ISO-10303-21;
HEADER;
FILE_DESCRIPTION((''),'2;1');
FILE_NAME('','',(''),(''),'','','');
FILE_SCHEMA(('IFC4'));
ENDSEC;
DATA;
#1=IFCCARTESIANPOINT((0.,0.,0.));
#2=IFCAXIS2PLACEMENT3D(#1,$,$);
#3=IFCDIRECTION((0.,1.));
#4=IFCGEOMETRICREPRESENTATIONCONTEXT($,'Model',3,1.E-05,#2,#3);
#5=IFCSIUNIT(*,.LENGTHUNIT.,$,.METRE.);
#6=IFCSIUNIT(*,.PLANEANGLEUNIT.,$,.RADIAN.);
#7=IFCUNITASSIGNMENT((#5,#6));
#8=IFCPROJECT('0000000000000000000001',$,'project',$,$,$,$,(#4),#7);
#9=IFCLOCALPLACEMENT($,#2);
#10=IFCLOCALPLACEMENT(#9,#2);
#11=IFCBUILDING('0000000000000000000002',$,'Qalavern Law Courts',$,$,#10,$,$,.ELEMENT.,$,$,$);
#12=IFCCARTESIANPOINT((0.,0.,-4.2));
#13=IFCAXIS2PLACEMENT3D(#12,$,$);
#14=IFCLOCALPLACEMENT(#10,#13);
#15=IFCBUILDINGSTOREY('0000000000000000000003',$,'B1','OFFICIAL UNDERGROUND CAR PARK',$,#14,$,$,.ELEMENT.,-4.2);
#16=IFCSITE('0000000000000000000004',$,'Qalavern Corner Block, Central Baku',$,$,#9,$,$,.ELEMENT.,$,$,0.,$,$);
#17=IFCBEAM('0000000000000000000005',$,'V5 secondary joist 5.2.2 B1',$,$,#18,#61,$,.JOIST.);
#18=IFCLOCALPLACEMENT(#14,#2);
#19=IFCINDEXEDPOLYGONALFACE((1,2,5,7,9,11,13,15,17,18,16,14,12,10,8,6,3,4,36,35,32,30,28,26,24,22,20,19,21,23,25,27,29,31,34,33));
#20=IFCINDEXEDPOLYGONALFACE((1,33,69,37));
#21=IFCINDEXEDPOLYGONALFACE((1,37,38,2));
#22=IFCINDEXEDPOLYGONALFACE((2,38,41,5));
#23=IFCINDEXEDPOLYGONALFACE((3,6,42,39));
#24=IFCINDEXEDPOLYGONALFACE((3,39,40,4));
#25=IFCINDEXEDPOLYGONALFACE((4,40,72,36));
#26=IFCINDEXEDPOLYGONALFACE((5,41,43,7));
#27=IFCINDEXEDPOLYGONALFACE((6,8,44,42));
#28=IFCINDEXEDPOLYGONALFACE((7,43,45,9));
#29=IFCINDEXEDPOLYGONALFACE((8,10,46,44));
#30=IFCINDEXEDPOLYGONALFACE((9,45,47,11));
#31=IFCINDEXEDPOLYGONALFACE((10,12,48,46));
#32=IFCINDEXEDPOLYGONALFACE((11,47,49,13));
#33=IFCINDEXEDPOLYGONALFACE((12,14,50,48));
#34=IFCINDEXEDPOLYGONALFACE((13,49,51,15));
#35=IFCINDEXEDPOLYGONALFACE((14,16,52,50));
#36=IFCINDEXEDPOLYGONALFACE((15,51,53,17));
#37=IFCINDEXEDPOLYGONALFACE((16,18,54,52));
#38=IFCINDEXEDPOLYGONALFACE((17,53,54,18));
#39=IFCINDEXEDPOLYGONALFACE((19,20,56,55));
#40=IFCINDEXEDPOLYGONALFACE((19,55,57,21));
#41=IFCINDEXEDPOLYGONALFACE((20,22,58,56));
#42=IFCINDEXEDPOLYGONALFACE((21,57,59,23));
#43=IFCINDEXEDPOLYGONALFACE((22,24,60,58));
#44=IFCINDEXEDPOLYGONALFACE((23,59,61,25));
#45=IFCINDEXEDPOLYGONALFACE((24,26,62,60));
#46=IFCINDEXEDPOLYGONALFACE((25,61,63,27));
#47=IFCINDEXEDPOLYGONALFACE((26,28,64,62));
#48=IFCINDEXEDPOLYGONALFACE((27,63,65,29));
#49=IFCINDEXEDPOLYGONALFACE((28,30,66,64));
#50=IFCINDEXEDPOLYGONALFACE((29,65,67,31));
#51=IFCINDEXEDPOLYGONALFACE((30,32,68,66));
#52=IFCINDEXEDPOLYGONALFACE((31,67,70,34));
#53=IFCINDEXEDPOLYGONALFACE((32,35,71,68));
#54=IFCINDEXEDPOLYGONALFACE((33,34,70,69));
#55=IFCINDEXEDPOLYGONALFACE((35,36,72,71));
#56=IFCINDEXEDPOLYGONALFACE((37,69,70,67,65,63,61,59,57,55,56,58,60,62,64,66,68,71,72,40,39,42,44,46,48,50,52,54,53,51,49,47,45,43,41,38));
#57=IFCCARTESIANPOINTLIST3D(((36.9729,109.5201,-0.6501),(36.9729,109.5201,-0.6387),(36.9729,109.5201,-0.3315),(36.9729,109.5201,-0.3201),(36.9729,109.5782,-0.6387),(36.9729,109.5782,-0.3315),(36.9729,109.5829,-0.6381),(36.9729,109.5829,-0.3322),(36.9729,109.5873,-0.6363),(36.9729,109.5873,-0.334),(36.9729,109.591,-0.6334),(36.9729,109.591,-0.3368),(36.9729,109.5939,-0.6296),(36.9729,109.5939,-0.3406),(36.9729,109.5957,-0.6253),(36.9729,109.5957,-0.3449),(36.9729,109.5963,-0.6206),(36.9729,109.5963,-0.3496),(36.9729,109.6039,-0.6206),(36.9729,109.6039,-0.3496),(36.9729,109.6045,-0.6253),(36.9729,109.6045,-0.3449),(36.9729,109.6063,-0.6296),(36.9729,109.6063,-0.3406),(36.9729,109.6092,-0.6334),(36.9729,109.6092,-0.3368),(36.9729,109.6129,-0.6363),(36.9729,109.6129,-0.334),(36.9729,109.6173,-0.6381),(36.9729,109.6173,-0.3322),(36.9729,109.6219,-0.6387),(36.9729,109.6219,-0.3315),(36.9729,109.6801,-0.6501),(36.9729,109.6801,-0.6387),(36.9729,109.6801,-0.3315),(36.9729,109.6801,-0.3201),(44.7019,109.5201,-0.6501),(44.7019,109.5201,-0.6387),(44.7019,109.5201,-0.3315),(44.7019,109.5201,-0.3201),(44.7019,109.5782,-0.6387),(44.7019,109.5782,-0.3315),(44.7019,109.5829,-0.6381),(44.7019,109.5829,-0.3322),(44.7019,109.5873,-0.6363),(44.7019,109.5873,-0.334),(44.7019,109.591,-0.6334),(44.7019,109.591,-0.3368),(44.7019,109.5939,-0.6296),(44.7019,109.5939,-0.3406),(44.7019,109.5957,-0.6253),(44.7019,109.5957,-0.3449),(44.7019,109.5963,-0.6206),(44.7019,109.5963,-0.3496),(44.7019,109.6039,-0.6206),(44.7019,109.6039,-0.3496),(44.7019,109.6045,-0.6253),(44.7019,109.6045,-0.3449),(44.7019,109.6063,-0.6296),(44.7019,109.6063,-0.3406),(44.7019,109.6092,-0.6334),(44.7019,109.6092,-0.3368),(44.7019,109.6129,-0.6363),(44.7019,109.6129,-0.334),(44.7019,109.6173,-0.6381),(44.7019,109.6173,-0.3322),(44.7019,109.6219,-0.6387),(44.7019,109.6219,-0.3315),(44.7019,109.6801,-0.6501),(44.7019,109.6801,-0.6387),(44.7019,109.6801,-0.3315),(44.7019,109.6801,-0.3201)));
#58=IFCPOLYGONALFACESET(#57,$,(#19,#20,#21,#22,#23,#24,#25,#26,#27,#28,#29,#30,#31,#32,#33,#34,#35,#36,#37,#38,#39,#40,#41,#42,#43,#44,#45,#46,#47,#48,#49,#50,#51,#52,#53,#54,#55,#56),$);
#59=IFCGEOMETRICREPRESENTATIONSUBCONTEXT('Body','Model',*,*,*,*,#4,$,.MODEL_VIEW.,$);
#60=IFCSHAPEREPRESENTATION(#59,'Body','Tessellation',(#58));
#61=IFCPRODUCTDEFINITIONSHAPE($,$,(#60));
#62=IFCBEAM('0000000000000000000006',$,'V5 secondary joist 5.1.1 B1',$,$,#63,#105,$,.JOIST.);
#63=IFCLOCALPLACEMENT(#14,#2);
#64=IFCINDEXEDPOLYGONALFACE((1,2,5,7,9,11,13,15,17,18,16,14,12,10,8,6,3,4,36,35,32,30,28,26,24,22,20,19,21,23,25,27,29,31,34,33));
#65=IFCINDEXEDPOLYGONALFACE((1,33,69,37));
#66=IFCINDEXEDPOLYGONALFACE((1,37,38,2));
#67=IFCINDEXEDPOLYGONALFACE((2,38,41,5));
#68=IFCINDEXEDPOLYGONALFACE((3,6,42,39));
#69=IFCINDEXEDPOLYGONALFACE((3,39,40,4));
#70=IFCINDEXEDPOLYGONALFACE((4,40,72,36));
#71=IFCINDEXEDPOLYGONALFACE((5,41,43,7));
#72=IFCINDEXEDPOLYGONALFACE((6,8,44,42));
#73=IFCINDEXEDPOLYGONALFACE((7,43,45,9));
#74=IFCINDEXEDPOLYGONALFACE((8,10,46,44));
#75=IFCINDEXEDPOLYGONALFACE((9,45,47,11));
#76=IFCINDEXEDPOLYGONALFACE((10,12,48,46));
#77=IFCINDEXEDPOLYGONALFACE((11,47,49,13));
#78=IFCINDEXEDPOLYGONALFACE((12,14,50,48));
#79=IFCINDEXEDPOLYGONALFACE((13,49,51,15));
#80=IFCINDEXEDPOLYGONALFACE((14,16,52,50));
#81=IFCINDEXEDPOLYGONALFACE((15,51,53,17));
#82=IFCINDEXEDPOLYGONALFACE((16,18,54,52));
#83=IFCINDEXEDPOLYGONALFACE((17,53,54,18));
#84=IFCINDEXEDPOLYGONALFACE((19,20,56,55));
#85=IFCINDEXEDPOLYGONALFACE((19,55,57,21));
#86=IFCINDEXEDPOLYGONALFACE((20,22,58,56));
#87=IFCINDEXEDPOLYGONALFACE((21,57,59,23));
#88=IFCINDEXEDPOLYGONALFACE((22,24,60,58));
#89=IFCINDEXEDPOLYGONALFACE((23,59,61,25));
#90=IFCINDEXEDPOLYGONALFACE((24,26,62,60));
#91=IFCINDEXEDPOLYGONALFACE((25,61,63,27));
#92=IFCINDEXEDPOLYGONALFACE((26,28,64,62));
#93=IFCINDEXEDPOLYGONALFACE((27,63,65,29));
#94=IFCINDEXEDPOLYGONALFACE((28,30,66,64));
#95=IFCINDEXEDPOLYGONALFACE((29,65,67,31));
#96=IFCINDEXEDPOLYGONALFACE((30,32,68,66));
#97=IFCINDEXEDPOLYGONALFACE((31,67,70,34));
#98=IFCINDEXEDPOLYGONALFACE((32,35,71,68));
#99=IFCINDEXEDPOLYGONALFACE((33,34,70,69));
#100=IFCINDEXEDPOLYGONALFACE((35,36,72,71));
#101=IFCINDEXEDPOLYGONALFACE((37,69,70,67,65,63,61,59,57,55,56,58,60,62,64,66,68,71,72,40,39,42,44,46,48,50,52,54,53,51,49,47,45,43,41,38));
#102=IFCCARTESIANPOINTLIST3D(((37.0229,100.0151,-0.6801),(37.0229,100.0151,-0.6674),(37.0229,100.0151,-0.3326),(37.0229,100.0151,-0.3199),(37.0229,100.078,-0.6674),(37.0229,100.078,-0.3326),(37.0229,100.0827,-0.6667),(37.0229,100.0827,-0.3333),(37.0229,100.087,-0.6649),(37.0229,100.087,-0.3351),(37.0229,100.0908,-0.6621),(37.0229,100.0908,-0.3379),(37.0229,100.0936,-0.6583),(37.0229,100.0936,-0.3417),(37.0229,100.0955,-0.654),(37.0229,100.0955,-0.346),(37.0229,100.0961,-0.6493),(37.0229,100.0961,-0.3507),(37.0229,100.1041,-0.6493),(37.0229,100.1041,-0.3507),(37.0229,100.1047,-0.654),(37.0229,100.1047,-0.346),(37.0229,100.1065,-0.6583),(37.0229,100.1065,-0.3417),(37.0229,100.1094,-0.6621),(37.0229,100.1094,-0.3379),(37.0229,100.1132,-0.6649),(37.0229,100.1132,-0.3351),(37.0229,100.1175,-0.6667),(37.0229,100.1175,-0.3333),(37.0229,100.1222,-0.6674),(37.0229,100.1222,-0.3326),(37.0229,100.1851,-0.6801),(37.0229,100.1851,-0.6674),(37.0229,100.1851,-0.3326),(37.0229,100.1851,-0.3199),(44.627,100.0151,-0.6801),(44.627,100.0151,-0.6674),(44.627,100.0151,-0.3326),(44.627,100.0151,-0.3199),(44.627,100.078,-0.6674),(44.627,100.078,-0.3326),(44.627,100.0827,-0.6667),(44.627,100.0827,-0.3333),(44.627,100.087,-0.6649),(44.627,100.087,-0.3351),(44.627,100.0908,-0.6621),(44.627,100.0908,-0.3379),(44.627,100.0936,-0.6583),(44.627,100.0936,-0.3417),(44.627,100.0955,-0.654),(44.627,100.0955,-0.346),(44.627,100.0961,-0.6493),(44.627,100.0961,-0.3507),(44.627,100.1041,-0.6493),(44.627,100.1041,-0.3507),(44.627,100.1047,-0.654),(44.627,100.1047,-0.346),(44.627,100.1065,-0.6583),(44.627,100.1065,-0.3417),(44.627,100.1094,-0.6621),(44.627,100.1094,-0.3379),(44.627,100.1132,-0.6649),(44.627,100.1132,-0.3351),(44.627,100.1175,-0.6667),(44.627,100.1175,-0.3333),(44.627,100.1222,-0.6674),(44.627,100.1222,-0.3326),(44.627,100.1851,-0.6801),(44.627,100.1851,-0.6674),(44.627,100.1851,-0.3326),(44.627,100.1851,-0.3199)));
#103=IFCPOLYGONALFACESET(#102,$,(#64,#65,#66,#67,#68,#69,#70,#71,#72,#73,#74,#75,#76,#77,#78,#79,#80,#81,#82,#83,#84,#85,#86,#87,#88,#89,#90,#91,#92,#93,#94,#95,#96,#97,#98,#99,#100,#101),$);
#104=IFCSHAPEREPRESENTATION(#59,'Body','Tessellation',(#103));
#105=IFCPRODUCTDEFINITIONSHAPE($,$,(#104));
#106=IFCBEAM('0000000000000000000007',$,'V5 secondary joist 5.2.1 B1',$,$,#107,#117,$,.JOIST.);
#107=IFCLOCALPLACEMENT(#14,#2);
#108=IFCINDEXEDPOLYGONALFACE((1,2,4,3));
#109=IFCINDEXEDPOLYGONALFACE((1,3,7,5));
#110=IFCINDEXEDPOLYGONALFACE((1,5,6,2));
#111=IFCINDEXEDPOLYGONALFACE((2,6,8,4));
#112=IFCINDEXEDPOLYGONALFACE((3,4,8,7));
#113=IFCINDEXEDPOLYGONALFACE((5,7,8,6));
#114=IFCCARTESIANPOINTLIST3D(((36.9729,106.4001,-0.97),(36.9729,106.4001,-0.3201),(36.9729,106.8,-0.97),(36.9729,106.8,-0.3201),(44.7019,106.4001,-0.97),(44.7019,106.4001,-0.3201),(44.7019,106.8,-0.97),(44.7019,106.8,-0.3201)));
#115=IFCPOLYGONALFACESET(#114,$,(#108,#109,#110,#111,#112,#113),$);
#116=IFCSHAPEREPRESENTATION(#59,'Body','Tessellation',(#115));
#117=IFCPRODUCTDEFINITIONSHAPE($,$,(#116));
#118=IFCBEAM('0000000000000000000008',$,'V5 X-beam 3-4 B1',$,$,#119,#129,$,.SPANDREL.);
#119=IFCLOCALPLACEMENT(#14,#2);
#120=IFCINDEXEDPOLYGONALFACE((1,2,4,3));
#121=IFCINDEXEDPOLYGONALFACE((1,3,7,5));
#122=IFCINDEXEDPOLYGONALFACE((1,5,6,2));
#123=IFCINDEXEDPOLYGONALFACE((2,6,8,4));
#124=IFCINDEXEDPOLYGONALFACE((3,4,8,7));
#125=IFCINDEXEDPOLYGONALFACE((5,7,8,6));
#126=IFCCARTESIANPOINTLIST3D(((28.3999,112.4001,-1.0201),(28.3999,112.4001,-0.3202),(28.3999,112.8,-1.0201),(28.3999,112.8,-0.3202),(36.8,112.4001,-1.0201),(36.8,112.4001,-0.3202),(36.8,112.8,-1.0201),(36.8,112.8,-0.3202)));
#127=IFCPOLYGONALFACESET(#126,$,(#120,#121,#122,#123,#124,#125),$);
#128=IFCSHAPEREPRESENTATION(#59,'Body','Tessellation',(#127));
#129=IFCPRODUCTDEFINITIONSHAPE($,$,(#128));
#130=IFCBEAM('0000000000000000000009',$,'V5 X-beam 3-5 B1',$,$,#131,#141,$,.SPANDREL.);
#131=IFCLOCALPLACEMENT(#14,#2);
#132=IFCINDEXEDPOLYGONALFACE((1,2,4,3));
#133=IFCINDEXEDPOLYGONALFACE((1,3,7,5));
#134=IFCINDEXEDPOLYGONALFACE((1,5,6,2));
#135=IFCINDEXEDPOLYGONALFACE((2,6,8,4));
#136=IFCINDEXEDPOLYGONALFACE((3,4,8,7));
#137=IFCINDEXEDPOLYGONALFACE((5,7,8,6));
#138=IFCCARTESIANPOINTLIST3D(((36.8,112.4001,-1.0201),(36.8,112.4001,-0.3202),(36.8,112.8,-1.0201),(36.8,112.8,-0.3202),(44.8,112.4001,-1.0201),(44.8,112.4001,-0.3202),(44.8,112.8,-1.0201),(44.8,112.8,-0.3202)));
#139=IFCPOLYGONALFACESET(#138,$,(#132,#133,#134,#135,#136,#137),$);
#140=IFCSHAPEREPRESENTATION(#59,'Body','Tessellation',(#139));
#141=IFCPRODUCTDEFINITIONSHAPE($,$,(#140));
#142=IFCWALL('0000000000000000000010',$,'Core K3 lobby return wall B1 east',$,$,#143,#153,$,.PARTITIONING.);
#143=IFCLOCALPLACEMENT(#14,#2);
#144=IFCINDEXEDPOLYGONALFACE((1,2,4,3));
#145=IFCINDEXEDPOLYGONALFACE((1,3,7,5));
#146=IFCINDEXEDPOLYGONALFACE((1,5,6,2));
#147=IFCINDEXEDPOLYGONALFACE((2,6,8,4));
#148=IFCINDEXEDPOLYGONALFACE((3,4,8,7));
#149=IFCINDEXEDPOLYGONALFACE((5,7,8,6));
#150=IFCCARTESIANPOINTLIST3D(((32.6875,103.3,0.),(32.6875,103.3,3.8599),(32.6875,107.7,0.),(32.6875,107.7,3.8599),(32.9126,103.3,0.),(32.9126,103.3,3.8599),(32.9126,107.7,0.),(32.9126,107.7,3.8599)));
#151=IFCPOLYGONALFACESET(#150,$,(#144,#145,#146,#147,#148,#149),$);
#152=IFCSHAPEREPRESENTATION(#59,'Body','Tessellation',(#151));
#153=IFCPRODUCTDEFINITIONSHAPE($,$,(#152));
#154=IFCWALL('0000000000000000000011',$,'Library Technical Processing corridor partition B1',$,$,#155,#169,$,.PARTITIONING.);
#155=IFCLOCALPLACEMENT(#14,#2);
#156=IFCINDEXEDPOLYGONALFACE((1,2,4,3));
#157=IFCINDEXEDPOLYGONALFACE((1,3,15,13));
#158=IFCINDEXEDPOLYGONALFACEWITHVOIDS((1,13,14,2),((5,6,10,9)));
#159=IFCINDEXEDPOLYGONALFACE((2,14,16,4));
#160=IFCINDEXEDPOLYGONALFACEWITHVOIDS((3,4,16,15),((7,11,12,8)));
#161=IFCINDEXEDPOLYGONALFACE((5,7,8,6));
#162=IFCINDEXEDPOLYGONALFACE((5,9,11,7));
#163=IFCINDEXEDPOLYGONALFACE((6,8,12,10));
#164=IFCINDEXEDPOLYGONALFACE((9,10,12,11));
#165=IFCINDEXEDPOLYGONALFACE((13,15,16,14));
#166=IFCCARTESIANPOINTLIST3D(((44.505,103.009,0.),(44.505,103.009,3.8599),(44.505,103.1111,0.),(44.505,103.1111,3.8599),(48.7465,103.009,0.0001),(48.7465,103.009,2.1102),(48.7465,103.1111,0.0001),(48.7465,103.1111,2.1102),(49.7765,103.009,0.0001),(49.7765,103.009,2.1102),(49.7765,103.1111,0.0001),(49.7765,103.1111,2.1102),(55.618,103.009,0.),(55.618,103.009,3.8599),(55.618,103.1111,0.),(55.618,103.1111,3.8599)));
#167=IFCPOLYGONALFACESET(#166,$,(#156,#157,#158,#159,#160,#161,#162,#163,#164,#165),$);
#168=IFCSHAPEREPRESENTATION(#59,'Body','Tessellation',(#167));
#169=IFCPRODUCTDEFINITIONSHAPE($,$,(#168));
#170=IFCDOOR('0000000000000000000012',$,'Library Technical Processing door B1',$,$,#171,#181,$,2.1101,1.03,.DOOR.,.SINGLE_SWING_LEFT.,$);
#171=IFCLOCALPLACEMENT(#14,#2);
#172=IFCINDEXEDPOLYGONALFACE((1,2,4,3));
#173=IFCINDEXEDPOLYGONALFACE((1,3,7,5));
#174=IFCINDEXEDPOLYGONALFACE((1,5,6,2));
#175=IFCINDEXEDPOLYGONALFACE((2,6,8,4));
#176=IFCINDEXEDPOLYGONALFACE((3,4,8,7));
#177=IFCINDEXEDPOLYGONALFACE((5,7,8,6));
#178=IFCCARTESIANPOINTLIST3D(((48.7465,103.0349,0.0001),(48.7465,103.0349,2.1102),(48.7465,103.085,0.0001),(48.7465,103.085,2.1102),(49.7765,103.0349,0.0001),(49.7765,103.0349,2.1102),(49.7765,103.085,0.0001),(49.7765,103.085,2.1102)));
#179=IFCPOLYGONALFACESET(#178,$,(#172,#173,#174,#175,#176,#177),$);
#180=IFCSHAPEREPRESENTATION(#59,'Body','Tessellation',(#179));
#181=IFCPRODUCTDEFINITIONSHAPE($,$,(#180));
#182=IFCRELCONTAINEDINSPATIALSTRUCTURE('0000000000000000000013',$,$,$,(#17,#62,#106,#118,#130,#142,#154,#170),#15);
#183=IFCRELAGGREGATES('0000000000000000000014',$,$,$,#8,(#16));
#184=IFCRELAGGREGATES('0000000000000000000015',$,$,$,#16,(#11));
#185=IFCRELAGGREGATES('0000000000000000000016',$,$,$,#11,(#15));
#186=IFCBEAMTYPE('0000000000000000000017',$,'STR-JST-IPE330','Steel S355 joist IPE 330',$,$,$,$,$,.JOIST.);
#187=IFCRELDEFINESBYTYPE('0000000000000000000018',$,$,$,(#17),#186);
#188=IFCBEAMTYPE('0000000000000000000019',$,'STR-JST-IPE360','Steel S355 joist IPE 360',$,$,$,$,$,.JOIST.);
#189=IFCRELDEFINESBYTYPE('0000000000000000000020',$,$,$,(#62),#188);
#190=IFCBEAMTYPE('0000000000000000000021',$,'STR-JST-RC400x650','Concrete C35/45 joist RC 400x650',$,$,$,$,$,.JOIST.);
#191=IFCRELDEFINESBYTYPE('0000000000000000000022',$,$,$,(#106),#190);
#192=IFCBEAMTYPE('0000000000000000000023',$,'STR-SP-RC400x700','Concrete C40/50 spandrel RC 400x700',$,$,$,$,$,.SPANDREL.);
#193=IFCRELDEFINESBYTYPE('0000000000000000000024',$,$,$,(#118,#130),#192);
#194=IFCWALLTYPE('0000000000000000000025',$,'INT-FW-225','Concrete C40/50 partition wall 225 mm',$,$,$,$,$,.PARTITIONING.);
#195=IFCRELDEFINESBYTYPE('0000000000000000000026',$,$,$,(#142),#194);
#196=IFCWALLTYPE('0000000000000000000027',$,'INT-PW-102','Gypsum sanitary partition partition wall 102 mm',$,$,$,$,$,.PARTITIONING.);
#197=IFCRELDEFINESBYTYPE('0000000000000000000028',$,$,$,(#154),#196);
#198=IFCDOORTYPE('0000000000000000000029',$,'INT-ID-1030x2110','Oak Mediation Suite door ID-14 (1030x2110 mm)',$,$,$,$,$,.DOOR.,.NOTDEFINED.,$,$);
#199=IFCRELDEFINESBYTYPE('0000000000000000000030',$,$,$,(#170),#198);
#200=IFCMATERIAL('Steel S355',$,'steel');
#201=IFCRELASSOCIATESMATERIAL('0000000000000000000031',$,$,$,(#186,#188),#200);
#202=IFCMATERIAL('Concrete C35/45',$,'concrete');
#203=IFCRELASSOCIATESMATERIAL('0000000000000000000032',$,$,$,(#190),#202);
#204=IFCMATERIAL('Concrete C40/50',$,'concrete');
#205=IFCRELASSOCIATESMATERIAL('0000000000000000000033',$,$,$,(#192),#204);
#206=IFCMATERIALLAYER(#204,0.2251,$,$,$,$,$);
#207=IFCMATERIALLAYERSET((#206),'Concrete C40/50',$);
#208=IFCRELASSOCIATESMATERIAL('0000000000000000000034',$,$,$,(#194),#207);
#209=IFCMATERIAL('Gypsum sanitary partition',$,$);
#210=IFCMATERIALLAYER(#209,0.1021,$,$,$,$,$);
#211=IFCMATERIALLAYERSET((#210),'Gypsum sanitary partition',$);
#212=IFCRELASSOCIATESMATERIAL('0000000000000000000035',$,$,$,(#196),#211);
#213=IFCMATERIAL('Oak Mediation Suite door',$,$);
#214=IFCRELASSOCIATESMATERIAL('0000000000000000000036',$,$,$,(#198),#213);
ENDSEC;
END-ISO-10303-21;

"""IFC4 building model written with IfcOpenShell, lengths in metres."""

from ifc_helpers import new_model, si_unit, direction, frame, frame_2d, origin, origin_2d, place, context, subcontext, project, spatial, rectangle, i_section, extrude, material, layer, layer_set, material_profile, profile_set, type_object, element, fill, save


model = new_model("IFC4")

# Units and contexts
model_context = context("Model", 3, precision=1e-05, world=origin(), true_north=direction((0.0, 1.0)))
body_context = subcontext(model_context, "Body", "Model", "MODEL_VIEW")
ifc_project = project(units=[si_unit("LENGTHUNIT", "METRE"), si_unit("PLANEANGLEUNIT", "RADIAN")], contexts=[model_context])

# Site, building, storey
site_placement = place(None, origin())
site = spatial("IfcSite", under=ifc_project, at=site_placement, Name="Qalavern Corner Block, Central Baku", CompositionType="ELEMENT", RefElevation=0.0)
building_placement = place(site_placement, origin())
building = spatial("IfcBuilding", under=site, at=building_placement, Name="Qalavern Law Courts", CompositionType="ELEMENT")
storey_placement = place(building_placement, frame((0.0, 0.0, -4.2)))
storey = spatial("IfcBuildingStorey", under=building, at=storey_placement, Name="B1", Description="OFFICIAL UNDERGROUND CAR PARK", CompositionType="ELEMENT", Elevation=-4.2)

# Beams
ifc_material_1 = material(Name="Concrete C35/45", Category="concrete")
ifc_material_2 = material(Name="Concrete C40/50", Category="concrete")
ifc_material_3 = material(Name="Steel S355", Category="steel")
ifc_material_profile_1 = material_profile(ifc_material_3, i_section(OverallWidth=0.1599, OverallDepth=0.3301, WebThickness=0.0076, FlangeThickness=0.0115, FilletRadius=0.0181, at=origin_2d()), Name="IPE 330")
ifc_profile_set_1 = profile_set([ifc_material_profile_1], Name="Steel S355")
beam_type_1 = type_object("IfcBeamType", Name="STR-JST-IPE330", Description="Steel S355 joist IPE 330", PredefinedType="JOIST", material=ifc_profile_set_1)
beam_1_placement = place(storey_placement, frame((36.9729, 109.6001, -0.4851), z_axis=(1.0, 0.0, 0.0), x_axis=(0.0, 1.0, 0.0)))
element("IfcBeam", 1, at=beam_1_placement, inside=storey, type_object=beam_type_1, Name="V5 secondary joist 5.2.2 B1", PredefinedType="JOIST", context=body_context, shape_type="SweptSolid", body=[
    extrude(i_section(OverallWidth=0.1599, OverallDepth=0.3301, WebThickness=0.0076, FlangeThickness=0.0115, FilletRadius=0.0181, at=origin_2d()), origin(), (0.0, 0.0, 1.0), 7.729),
])
ifc_material_profile_2 = material_profile(ifc_material_3, i_section(OverallWidth=0.1699, OverallDepth=0.3601, WebThickness=0.0081, FlangeThickness=0.0127, FilletRadius=0.0181, at=origin_2d()), Name="IPE 360")
ifc_profile_set_2 = profile_set([ifc_material_profile_2], Name="Steel S355")
beam_type_2 = type_object("IfcBeamType", Name="STR-JST-IPE360", Description="Steel S355 joist IPE 360", PredefinedType="JOIST", material=ifc_profile_set_2)
beam_2_placement = place(storey_placement, frame((37.0229, 100.1001, -0.5), z_axis=(1.0, 0.0, 0.0), x_axis=(0.0, 1.0, 0.0)))
element("IfcBeam", 2, at=beam_2_placement, inside=storey, type_object=beam_type_2, Name="V5 secondary joist 5.1.1 B1", PredefinedType="JOIST", context=body_context, shape_type="SweptSolid", body=[
    extrude(i_section(OverallWidth=0.1699, OverallDepth=0.3601, WebThickness=0.0081, FlangeThickness=0.0127, FilletRadius=0.0181, at=origin_2d()), origin(), (0.0, 0.0, 1.0), 7.604),
])
ifc_material_profile_3 = material_profile(ifc_material_1, rectangle(XDim=0.3999, YDim=0.6499, at=origin_2d()), Name="RC 400x650")
ifc_profile_set_3 = profile_set([ifc_material_profile_3], Name="Concrete C35/45")
beam_type_3 = type_object("IfcBeamType", Name="STR-JST-RC400x650", Description="Concrete C35/45 joist RC 400x650", PredefinedType="JOIST", material=ifc_profile_set_3)
beam_3_placement = place(storey_placement, frame((36.9729, 106.6001, -0.645), z_axis=(1.0, 0.0, 0.0), x_axis=(0.0, 1.0, 0.0)))
element("IfcBeam", 3, at=beam_3_placement, inside=storey, type_object=beam_type_3, Name="V5 secondary joist 5.2.1 B1", PredefinedType="JOIST", context=body_context, shape_type="SweptSolid", body=[
    extrude(rectangle(XDim=0.3999, YDim=0.6499, at=origin_2d()), origin(), (0.0, 0.0, 1.0), 7.729),
])
ifc_material_profile_4 = material_profile(ifc_material_2, rectangle(XDim=0.3999, YDim=0.7, at=origin_2d()), Name="RC 400x700")
ifc_profile_set_4 = profile_set([ifc_material_profile_4], Name="Concrete C40/50")
beam_type_4 = type_object("IfcBeamType", Name="STR-SP-RC400x700", Description="Concrete C40/50 spandrel RC 400x700", PredefinedType="SPANDREL", material=ifc_profile_set_4)
beam_4_placement = place(storey_placement, frame((28.3999, 112.6001, -0.6702), z_axis=(1.0, 0.0, 0.0), x_axis=(0.0, 1.0, 0.0)))
element("IfcBeam", 4, at=beam_4_placement, inside=storey, type_object=beam_type_4, Name="V5 X-beam 3-4 B1", PredefinedType="SPANDREL", context=body_context, shape_type="SweptSolid", body=[
    extrude(rectangle(XDim=0.3999, YDim=0.7, at=origin_2d()), origin(), (0.0, 0.0, 1.0), 8.4001),
])
beam_5_placement = place(storey_placement, frame((36.8, 112.6001, -0.6702), z_axis=(1.0, 0.0, 0.0), x_axis=(0.0, 1.0, 0.0)))
element("IfcBeam", 5, at=beam_5_placement, inside=storey, type_object=beam_type_4, Name="V5 X-beam 3-5 B1", PredefinedType="SPANDREL", context=body_context, shape_type="SweptSolid", body=[
    extrude(rectangle(XDim=0.3999, YDim=0.7, at=origin_2d()), origin(), (0.0, 0.0, 1.0), 8.0),
])

# Wall
ifc_layer_1 = layer(ifc_material_2, 0.2251)
ifc_layer_set_1 = layer_set([ifc_layer_1], Name="Concrete C40/50")
wall_type_1 = type_object("IfcWallType", Name="INT-FW-225", Description="Concrete C40/50 partition wall 225 mm", PredefinedType="PARTITIONING", material=ifc_layer_set_1)
wall_1_placement = place(storey_placement, frame((32.8, 103.3, 0.0), z_axis=(0.0, 0.0, 1.0), x_axis=(0.0, 1.0, 0.0)))
element("IfcWall", 6, at=wall_1_placement, inside=storey, type_object=wall_type_1, Name="Core K3 lobby return wall B1 east", PredefinedType="PARTITIONING", context=body_context, shape_type="SweptSolid", body=[
    extrude(rectangle(XDim=4.3999, YDim=0.2251, at=frame_2d((2.2, 0.0))), origin(), (0.0, 0.0, 1.0), 3.8599),
])

# Wall, opening, door
ifc_material_4 = material(Name="Gypsum sanitary partition")
ifc_layer_2 = layer(ifc_material_4, 0.1021)
ifc_layer_set_2 = layer_set([ifc_layer_2], Name="Gypsum sanitary partition")
wall_type_2 = type_object("IfcWallType", Name="INT-PW-102", Description="Gypsum sanitary partition partition wall 102 mm", PredefinedType="PARTITIONING", material=ifc_layer_set_2)
wall_2_placement = place(storey_placement, frame((44.5049, 103.0601, 0.0), z_axis=(0.0, 0.0, 1.0), x_axis=(1.0, 0.0, 0.0)))
wall_2 = element("IfcWall", 7, at=wall_2_placement, inside=storey, type_object=wall_type_2, Name="Library Technical Processing corridor partition B1", PredefinedType="PARTITIONING", context=body_context, shape_type="SweptSolid", body=[
    extrude(rectangle(XDim=11.113, YDim=0.1021, at=frame_2d((5.5566, 0.0))), origin(), (0.0, 0.0, 1.0), 3.8599),
])
opening_1_placement = place(wall_2_placement, frame((4.2415, 0.0, 0.0)))
opening_1 = element("IfcOpeningElement", 8, at=opening_1_placement, cuts=wall_2, PredefinedType="OPENING", context=body_context, shape_type="SweptSolid", body=[
    extrude(rectangle(XDim=1.03, YDim=2.1101, at=frame_2d((0.5151, 1.0552))), frame((0.0, 0.0659, 0.0), z_axis=(0.0, -1.0, 0.0), x_axis=(1.0, 0.0, 0.0)), (0.0, 0.0, 1.0), 0.1318),
])
ifc_material_5 = material(Name="Oak Mediation Suite door")
door_type_1 = type_object("IfcDoorType", Name="INT-ID-1030x2110", Description="Oak Mediation Suite door ID-14 (1030x2110 mm)", OperationType="NOTDEFINED", PredefinedType="DOOR", material=ifc_material_5)
door_1_placement = place(opening_1_placement, origin())
door_1 = element("IfcDoor", 9, at=door_1_placement, inside=storey, type_object=door_type_1, Name="Library Technical Processing door B1", OperationType="SINGLE_SWING_LEFT", OverallHeight=2.1101, OverallWidth=1.03, PredefinedType="DOOR", context=body_context, shape_type="SweptSolid", body=[
    extrude(rectangle(XDim=1.03, YDim=2.1101, at=frame_2d((0.5151, 1.0552))), frame((0.0, 0.0249, 0.0), z_axis=(0.0, -1.0, 0.0), x_axis=(1.0, 0.0, 0.0)), (0.0, 0.0, 1.0), 0.05),
])
fill(opening_1, door_1)

save(model, "model.ifc")
